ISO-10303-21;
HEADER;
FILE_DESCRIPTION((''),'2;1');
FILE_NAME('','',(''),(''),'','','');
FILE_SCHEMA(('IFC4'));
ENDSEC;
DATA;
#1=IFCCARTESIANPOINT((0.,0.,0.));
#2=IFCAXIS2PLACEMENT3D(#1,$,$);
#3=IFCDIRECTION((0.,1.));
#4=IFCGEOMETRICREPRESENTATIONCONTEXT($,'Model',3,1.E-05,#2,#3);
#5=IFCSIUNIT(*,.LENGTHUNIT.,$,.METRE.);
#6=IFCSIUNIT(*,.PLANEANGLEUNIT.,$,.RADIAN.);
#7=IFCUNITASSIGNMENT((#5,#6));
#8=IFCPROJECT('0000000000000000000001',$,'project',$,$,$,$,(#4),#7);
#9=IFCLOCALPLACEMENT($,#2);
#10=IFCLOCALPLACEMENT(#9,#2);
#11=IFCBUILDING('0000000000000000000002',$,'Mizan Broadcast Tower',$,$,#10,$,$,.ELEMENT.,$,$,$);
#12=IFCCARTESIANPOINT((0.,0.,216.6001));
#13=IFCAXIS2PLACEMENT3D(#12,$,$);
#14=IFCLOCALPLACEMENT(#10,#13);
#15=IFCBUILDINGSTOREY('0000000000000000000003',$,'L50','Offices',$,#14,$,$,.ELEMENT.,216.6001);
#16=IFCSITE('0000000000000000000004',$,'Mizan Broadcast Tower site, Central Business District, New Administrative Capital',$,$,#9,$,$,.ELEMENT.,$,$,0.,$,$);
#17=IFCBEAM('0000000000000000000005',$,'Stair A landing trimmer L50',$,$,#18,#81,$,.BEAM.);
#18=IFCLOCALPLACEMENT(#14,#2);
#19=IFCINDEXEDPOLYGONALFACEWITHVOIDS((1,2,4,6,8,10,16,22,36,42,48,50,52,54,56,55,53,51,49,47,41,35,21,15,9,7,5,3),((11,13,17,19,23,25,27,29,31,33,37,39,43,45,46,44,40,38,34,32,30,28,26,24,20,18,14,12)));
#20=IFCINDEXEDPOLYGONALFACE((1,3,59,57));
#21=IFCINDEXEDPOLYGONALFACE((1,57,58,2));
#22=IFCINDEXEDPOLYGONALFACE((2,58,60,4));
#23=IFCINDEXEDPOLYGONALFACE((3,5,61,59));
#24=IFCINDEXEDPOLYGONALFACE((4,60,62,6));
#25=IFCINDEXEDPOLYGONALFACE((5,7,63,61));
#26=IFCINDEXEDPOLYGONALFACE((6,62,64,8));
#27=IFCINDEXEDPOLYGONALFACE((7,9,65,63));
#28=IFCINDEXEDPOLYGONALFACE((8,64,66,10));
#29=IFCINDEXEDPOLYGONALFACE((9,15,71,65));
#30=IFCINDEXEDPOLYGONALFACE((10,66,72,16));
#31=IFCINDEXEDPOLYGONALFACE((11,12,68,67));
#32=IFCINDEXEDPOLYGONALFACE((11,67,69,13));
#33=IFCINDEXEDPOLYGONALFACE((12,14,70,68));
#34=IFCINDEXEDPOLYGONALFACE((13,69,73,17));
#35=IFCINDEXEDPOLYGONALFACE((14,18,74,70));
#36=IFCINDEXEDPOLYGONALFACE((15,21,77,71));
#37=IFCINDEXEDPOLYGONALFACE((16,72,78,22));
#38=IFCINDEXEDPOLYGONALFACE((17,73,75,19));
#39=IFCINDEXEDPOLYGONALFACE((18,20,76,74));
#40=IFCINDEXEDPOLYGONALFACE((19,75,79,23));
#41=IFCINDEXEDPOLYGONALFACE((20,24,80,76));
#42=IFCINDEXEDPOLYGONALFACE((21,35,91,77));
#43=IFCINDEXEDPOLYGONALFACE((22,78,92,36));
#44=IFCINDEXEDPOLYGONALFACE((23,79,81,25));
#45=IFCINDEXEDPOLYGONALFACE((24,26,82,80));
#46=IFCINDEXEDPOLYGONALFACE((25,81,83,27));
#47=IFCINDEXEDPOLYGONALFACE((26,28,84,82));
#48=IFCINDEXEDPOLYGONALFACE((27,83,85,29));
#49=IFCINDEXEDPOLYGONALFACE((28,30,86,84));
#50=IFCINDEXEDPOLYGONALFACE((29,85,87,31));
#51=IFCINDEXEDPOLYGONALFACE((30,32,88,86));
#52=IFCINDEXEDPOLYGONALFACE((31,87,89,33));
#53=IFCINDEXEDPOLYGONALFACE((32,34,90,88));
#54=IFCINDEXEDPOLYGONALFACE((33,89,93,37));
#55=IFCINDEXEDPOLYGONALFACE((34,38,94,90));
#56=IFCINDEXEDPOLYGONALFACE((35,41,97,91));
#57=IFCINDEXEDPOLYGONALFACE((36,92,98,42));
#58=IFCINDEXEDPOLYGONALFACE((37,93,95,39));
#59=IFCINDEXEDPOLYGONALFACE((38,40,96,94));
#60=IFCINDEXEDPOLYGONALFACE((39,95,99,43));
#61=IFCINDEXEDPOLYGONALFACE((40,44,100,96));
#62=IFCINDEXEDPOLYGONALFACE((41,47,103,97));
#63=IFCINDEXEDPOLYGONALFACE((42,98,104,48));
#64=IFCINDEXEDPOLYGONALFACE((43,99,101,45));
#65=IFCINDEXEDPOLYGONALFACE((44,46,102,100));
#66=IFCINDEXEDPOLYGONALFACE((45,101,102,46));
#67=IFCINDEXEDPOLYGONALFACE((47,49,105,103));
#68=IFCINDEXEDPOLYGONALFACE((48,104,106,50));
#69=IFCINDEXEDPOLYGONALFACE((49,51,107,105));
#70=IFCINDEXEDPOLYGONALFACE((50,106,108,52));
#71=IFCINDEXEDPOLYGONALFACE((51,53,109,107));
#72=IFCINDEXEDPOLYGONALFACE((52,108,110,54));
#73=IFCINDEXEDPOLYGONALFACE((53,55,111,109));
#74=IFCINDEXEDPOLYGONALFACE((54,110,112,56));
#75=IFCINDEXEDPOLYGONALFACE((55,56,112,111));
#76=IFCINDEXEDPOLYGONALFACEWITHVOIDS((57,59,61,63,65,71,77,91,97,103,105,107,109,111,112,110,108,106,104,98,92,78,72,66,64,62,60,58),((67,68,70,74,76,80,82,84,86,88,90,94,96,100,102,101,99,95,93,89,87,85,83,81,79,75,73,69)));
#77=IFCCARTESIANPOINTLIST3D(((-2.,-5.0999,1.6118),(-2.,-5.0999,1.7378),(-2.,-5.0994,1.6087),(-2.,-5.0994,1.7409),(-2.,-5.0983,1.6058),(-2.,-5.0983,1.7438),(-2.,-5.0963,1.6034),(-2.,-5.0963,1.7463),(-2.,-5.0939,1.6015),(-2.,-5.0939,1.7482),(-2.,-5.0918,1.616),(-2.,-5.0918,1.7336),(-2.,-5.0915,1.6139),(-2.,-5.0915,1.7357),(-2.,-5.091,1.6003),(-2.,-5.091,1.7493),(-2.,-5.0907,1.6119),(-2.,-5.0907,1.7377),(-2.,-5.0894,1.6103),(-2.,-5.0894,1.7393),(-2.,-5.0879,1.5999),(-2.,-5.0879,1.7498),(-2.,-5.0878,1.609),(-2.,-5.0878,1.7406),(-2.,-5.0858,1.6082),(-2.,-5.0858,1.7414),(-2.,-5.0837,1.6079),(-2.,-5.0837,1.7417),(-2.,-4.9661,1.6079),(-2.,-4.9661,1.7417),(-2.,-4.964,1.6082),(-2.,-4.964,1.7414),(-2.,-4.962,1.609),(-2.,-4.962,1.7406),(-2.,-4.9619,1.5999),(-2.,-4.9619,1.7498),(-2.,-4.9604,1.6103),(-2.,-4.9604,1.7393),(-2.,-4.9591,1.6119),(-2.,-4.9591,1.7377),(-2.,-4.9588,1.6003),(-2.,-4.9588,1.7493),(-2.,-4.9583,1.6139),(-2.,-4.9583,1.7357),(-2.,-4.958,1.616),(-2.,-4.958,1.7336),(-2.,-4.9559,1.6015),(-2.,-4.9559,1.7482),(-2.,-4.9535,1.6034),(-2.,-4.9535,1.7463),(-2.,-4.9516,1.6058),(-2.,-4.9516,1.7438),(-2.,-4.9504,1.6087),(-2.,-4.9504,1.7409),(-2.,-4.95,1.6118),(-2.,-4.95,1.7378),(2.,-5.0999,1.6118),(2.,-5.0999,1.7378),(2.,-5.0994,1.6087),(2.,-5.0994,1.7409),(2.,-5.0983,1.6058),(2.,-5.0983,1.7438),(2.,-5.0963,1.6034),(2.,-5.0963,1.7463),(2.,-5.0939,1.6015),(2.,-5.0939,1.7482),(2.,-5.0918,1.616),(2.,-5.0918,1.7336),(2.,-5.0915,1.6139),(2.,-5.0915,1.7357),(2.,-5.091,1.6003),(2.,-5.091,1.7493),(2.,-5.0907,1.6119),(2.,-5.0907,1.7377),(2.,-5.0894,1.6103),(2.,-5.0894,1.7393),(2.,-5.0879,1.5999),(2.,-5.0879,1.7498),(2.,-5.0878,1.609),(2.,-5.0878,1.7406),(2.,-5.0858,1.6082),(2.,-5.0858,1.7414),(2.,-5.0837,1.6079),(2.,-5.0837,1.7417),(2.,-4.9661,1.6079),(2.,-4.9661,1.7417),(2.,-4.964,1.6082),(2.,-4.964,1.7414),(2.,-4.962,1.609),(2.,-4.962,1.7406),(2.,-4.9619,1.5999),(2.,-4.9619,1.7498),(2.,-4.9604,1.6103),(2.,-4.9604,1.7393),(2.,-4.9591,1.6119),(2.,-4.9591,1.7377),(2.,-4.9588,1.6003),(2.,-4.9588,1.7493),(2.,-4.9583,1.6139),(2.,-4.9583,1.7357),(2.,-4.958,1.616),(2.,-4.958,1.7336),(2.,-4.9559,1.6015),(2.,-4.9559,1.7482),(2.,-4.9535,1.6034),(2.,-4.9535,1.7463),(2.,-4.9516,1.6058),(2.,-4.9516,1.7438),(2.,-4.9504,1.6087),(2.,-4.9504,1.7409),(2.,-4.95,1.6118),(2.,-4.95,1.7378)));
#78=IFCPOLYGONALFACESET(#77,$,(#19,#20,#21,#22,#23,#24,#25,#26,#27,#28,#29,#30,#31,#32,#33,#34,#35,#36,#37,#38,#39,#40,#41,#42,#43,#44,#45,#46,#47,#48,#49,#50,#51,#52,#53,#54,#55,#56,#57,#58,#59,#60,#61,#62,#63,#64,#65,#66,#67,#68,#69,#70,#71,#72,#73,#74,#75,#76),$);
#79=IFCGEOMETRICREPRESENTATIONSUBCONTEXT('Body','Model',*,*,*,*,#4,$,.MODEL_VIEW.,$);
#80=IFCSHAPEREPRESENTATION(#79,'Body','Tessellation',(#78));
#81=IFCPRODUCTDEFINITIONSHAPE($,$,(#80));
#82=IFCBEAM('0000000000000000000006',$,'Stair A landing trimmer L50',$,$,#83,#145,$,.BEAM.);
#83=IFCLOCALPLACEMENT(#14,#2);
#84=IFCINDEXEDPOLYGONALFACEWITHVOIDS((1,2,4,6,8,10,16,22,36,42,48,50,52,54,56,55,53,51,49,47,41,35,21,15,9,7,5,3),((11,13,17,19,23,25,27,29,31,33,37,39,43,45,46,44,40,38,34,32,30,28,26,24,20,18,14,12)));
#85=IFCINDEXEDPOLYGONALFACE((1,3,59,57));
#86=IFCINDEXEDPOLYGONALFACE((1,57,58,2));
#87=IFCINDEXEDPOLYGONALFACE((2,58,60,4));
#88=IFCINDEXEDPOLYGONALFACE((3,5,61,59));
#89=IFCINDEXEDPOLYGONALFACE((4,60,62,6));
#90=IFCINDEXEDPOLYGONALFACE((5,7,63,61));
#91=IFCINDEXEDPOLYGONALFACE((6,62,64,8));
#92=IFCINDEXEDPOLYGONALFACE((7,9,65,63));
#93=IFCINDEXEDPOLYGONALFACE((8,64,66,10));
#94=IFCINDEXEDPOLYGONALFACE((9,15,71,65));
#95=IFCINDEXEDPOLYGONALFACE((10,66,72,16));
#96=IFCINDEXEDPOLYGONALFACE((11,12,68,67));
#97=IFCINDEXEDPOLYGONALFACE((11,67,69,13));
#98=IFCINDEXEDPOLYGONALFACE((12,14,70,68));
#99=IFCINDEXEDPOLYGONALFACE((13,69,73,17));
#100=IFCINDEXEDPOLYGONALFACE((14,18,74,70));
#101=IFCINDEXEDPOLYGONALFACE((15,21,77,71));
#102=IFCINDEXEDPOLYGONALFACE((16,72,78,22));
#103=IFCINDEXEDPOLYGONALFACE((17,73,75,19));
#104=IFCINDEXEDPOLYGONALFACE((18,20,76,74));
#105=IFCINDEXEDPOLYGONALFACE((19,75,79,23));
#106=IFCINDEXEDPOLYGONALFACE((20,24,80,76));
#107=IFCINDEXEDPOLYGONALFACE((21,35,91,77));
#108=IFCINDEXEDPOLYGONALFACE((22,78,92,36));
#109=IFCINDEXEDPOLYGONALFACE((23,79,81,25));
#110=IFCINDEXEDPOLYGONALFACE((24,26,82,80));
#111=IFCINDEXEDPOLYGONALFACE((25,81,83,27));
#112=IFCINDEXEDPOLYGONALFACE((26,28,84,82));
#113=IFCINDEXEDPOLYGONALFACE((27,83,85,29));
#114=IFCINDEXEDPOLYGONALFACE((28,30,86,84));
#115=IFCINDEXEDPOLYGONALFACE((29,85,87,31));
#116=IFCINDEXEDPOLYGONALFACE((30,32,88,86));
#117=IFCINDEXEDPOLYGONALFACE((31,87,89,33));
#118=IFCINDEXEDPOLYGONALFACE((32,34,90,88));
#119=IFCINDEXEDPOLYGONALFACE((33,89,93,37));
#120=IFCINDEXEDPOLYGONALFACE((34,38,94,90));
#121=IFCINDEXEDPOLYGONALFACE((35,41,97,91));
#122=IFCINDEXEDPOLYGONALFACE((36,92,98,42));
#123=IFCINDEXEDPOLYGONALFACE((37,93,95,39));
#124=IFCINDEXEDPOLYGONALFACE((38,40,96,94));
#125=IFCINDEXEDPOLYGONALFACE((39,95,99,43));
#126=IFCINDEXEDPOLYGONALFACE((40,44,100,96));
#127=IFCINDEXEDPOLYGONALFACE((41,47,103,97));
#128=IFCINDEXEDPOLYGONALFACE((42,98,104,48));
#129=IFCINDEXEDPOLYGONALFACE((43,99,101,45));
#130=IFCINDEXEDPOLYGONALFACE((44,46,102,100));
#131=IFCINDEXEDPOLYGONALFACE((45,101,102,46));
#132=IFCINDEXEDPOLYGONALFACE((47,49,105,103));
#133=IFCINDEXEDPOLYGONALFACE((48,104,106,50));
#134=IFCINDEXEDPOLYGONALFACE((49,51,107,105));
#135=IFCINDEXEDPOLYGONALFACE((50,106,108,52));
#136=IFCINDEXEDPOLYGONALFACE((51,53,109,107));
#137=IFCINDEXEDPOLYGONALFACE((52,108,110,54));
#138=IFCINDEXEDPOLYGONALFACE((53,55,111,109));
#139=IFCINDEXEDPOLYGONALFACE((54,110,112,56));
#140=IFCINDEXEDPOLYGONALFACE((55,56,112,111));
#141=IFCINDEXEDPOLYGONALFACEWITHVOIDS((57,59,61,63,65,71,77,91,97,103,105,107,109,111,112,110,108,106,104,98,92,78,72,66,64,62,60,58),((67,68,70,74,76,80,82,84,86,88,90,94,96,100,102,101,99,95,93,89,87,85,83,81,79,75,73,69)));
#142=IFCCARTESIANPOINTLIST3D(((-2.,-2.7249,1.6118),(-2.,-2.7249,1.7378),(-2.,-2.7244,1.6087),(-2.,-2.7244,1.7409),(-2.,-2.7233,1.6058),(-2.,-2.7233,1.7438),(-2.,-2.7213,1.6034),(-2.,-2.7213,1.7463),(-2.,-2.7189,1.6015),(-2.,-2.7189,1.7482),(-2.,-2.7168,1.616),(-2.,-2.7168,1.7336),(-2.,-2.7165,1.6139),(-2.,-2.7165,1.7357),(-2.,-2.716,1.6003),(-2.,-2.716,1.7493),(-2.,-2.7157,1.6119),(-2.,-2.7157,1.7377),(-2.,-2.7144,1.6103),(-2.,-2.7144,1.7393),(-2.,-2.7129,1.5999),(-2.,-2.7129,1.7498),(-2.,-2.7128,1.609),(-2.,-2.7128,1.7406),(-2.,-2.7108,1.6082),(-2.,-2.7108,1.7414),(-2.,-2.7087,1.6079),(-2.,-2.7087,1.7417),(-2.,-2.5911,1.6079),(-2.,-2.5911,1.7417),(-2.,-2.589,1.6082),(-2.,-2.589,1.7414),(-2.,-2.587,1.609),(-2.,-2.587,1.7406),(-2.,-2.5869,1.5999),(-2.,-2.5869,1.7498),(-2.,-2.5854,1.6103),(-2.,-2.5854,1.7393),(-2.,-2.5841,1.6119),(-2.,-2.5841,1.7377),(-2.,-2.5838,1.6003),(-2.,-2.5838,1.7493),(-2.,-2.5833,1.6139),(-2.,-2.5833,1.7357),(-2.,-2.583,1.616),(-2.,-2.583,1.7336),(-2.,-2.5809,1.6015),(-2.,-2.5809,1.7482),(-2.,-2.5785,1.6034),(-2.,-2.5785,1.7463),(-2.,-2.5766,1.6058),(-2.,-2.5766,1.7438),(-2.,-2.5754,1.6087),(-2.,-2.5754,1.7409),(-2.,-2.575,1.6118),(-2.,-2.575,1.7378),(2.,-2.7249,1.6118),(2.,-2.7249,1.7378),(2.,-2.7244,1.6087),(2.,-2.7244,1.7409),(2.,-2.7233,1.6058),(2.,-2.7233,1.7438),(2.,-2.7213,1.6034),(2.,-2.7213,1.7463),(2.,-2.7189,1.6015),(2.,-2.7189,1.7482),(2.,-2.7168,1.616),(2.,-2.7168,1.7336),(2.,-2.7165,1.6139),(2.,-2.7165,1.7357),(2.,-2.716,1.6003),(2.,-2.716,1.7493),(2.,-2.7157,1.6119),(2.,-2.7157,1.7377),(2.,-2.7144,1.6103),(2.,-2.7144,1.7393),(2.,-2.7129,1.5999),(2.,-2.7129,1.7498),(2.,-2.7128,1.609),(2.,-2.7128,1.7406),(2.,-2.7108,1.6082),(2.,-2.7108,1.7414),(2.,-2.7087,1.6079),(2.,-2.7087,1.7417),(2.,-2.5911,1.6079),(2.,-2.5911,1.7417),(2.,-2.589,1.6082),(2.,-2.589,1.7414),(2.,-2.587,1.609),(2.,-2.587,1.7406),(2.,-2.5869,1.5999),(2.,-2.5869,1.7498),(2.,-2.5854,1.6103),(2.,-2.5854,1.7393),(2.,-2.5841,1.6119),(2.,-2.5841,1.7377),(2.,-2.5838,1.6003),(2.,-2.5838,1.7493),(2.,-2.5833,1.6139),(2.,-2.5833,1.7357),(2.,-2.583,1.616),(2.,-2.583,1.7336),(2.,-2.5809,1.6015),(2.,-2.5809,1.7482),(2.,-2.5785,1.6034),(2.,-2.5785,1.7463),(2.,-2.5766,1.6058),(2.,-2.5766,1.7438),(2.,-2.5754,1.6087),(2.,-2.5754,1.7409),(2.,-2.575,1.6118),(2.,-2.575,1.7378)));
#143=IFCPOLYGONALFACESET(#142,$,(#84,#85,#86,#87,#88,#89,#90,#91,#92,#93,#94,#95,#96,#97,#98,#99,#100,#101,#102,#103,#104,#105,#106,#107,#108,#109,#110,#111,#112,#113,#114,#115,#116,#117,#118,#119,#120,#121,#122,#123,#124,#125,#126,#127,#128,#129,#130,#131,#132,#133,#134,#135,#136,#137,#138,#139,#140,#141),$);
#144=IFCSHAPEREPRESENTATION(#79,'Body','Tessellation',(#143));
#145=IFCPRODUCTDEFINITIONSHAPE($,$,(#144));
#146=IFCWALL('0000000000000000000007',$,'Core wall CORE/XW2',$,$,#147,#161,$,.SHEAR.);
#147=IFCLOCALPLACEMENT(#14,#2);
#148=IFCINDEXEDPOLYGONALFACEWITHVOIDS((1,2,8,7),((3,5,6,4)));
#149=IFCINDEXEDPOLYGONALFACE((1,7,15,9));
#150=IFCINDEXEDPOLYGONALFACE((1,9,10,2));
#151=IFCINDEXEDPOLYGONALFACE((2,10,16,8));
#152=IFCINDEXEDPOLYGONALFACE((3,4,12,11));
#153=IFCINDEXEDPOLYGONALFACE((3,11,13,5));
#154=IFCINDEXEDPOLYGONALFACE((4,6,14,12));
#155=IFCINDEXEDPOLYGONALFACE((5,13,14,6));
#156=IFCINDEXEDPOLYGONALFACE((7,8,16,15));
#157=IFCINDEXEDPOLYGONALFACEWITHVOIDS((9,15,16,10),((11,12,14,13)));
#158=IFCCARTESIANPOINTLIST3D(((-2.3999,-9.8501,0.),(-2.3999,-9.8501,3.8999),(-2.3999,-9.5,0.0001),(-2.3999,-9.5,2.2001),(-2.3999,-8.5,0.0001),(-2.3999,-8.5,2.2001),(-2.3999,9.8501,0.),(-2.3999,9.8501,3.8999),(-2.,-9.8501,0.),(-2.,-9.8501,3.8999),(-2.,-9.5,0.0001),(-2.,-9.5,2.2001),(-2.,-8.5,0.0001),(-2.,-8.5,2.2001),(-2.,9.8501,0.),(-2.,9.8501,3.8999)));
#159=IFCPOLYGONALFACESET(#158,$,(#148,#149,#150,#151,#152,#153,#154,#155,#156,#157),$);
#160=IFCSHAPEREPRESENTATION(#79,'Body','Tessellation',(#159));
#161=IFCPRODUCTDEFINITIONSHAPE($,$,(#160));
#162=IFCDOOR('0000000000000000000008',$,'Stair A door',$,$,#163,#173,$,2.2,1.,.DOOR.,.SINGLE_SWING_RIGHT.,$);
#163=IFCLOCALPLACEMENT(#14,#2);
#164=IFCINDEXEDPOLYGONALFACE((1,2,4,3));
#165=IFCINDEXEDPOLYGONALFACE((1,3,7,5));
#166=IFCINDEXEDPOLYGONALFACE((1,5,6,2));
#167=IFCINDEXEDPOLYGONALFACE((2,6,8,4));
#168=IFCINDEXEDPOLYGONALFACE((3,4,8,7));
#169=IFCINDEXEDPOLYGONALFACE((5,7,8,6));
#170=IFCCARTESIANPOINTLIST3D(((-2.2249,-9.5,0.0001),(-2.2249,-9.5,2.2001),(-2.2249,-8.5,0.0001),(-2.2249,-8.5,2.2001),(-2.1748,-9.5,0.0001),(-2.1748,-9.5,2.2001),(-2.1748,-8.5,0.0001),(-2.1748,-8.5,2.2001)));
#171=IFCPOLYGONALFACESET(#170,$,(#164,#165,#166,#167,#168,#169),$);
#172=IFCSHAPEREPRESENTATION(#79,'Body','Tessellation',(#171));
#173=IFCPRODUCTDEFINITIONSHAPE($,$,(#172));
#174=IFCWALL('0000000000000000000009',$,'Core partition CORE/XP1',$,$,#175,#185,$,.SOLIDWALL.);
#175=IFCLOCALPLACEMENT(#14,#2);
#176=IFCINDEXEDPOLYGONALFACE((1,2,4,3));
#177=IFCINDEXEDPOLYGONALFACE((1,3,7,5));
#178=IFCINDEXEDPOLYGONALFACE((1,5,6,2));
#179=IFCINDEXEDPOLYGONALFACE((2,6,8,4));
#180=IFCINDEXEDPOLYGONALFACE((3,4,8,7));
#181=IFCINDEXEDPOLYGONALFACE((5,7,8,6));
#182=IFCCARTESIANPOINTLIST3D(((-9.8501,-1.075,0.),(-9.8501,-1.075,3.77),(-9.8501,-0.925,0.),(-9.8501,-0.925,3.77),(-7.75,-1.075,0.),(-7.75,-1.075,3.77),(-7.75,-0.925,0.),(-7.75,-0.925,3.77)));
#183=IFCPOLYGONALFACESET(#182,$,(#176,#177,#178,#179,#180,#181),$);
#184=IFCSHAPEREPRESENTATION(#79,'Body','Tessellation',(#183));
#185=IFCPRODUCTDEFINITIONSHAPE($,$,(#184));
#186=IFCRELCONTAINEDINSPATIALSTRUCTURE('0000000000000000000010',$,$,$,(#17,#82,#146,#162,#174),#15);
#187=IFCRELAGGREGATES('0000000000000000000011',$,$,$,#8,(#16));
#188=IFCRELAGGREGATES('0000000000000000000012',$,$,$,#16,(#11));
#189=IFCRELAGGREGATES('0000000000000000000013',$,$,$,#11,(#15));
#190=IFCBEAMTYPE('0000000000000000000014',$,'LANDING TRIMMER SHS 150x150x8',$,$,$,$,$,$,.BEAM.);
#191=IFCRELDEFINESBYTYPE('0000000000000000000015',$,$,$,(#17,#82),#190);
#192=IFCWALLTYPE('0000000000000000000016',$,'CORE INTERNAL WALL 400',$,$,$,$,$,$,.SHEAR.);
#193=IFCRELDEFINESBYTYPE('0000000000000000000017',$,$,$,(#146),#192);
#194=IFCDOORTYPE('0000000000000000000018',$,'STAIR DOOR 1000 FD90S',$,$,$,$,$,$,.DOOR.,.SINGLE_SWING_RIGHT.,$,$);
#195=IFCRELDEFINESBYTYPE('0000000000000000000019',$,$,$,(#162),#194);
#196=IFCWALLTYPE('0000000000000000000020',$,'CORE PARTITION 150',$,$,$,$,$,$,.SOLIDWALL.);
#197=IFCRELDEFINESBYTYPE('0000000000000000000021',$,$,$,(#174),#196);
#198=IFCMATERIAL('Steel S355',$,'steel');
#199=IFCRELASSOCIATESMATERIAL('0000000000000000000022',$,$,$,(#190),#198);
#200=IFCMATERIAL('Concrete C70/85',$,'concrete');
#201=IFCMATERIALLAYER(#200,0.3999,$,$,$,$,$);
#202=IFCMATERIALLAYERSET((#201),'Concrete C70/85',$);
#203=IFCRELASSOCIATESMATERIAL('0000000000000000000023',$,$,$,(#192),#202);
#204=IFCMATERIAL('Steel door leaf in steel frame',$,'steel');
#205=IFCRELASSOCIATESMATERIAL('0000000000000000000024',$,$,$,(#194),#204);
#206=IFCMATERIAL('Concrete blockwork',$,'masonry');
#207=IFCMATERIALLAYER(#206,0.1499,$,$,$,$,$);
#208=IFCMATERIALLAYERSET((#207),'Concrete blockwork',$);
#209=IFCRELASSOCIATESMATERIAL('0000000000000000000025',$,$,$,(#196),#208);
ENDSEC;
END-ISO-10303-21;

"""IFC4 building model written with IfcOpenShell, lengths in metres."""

from ifc_helpers import new_model, si_unit, direction, frame, frame_2d, origin, origin_2d, place, context, subcontext, project, spatial, rectangle, hollow_rectangle, extrude, material, layer, layer_set, material_profile, profile_set, type_object, element, fill, save


model = new_model("IFC4")

# Units and contexts
model_context = context("Model", 3, precision=1e-05, world=origin(), true_north=direction((0.0, 1.0)))
body_context = subcontext(model_context, "Body", "Model", "MODEL_VIEW")
ifc_project = project(units=[si_unit("LENGTHUNIT", "METRE"), si_unit("PLANEANGLEUNIT", "RADIAN")], contexts=[model_context])

# Site, building, storey
site_placement = place(None, origin())
site = spatial("IfcSite", under=ifc_project, at=site_placement, Name="Mizan Broadcast Tower site, Central Business District, New Administrative Capital", CompositionType="ELEMENT", RefElevation=0.0)
building_placement = place(site_placement, origin())
building = spatial("IfcBuilding", under=site, at=building_placement, Name="Mizan Broadcast Tower", CompositionType="ELEMENT")
storey_placement = place(building_placement, frame((0.0, 0.0, 216.6001)))
storey = spatial("IfcBuildingStorey", under=building, at=storey_placement, Name="L50", Description="Offices", CompositionType="ELEMENT", Elevation=216.6001)

# Beams
ifc_material_1 = material(Name="Steel S355", Category="steel")
ifc_material_profile = material_profile(ifc_material_1, hollow_rectangle(XDim=0.1499, YDim=0.1499, WallThickness=0.0081, InnerFilletRadius=0.0081, OuterFilletRadius=0.012, at=origin_2d()), Name="SHS 150x150x8")
ifc_profile_set = profile_set([ifc_material_profile], Name="Steel S355")
beam_type = type_object("IfcBeamType", Name="LANDING TRIMMER SHS 150x150x8", PredefinedType="BEAM", material=ifc_profile_set)
for number, where, z_axis, x_axis, name in (
    (1, (-2.0, -5.0249, 1.6748), (1.0, 0.0, 0.0), (0.0, 1.0, 0.0), "Stair A landing trimmer L50"),
    (2, (-2.0, -2.6499, 1.6748), (1.0, 0.0, 0.0), (0.0, 1.0, 0.0), "Stair A landing trimmer L50"),
):
    element("IfcBeam", number, at=place(storey_placement, frame(where, z_axis=z_axis, x_axis=x_axis)), inside=storey, type_object=beam_type, Name=name, PredefinedType="BEAM", context=body_context, shape_type="SweptSolid", body=[
        extrude(hollow_rectangle(XDim=0.1499, YDim=0.1499, WallThickness=0.0081, InnerFilletRadius=0.0081, OuterFilletRadius=0.012, at=origin_2d()), origin(), (0.0, 0.0, 1.0), 4.0),
    ])

# Wall, opening, door
ifc_material_2 = material(Name="Concrete C70/85", Category="concrete")
ifc_layer_1 = layer(ifc_material_2, 0.3999)
ifc_layer_set_1 = layer_set([ifc_layer_1], Name="Concrete C70/85")
wall_type_1 = type_object("IfcWallType", Name="CORE INTERNAL WALL 400", PredefinedType="SHEAR", material=ifc_layer_set_1)
wall_1_placement = place(storey_placement, frame((-2.2, -9.8501, 0.0), z_axis=(0.0, 0.0, 1.0), x_axis=(0.0, 1.0, 0.0)))
wall_1 = element("IfcWall", 3, at=wall_1_placement, inside=storey, type_object=wall_type_1, Name="Core wall CORE/XW2", PredefinedType="SHEAR", context=body_context, shape_type="SweptSolid", body=[
    extrude(rectangle(XDim=19.7002, YDim=0.3999, at=frame_2d((9.8501, 0.0))), origin(), (0.0, 0.0, 1.0), 3.8999),
])
opening_1_placement = place(wall_1_placement, frame((0.3501, 0.0, 0.0)))
opening_1 = element("IfcOpeningElement", 4, at=opening_1_placement, cuts=wall_1, PredefinedType="OPENING", context=body_context, shape_type="SweptSolid", body=[
    extrude(rectangle(XDim=1.0, YDim=2.2, at=frame_2d((0.5, 1.1001))), frame((0.0, 0.21, 0.0), z_axis=(0.0, -1.0, 0.0), x_axis=(1.0, 0.0, 0.0)), (0.0, 0.0, 1.0), 0.4199),
])
ifc_material_3 = material(Name="Steel door leaf in steel frame", Category="steel")
door_type_1 = type_object("IfcDoorType", Name="STAIR DOOR 1000 FD90S", OperationType="SINGLE_SWING_RIGHT", PredefinedType="DOOR", material=ifc_material_3)
door_1_placement = place(opening_1_placement, origin())
door_1 = element("IfcDoor", 5, at=door_1_placement, inside=storey, type_object=door_type_1, Name="Stair A door", OperationType="SINGLE_SWING_RIGHT", OverallHeight=2.2, OverallWidth=1.0, PredefinedType="DOOR", context=body_context, shape_type="SweptSolid", body=[
    extrude(rectangle(XDim=1.0, YDim=2.2, at=frame_2d((0.5, 1.1001))), frame((0.0, 0.0249, 0.0), z_axis=(0.0, -1.0, 0.0), x_axis=(1.0, 0.0, 0.0)), (0.0, 0.0, 1.0), 0.05),
])
fill(opening_1, door_1)

# Wall
ifc_material_4 = material(Name="Concrete blockwork", Category="masonry")
ifc_layer_2 = layer(ifc_material_4, 0.1499)
ifc_layer_set_2 = layer_set([ifc_layer_2], Name="Concrete blockwork")
wall_type_2 = type_object("IfcWallType", Name="CORE PARTITION 150", PredefinedType="SOLIDWALL", material=ifc_layer_set_2)
wall_2_placement = place(storey_placement, frame((-9.8501, -1.0, 0.0), z_axis=(0.0, 0.0, 1.0), x_axis=(1.0, 0.0, 0.0)))
element("IfcWall", 6, at=wall_2_placement, inside=storey, type_object=wall_type_2, Name="Core partition CORE/XP1", PredefinedType="SOLIDWALL", context=body_context, shape_type="SweptSolid", body=[
    extrude(rectangle(XDim=2.1001, YDim=0.1499, at=frame_2d((1.05, 0.0))), origin(), (0.0, 0.0, 1.0), 3.77),
])

save(model, "model.ifc")
